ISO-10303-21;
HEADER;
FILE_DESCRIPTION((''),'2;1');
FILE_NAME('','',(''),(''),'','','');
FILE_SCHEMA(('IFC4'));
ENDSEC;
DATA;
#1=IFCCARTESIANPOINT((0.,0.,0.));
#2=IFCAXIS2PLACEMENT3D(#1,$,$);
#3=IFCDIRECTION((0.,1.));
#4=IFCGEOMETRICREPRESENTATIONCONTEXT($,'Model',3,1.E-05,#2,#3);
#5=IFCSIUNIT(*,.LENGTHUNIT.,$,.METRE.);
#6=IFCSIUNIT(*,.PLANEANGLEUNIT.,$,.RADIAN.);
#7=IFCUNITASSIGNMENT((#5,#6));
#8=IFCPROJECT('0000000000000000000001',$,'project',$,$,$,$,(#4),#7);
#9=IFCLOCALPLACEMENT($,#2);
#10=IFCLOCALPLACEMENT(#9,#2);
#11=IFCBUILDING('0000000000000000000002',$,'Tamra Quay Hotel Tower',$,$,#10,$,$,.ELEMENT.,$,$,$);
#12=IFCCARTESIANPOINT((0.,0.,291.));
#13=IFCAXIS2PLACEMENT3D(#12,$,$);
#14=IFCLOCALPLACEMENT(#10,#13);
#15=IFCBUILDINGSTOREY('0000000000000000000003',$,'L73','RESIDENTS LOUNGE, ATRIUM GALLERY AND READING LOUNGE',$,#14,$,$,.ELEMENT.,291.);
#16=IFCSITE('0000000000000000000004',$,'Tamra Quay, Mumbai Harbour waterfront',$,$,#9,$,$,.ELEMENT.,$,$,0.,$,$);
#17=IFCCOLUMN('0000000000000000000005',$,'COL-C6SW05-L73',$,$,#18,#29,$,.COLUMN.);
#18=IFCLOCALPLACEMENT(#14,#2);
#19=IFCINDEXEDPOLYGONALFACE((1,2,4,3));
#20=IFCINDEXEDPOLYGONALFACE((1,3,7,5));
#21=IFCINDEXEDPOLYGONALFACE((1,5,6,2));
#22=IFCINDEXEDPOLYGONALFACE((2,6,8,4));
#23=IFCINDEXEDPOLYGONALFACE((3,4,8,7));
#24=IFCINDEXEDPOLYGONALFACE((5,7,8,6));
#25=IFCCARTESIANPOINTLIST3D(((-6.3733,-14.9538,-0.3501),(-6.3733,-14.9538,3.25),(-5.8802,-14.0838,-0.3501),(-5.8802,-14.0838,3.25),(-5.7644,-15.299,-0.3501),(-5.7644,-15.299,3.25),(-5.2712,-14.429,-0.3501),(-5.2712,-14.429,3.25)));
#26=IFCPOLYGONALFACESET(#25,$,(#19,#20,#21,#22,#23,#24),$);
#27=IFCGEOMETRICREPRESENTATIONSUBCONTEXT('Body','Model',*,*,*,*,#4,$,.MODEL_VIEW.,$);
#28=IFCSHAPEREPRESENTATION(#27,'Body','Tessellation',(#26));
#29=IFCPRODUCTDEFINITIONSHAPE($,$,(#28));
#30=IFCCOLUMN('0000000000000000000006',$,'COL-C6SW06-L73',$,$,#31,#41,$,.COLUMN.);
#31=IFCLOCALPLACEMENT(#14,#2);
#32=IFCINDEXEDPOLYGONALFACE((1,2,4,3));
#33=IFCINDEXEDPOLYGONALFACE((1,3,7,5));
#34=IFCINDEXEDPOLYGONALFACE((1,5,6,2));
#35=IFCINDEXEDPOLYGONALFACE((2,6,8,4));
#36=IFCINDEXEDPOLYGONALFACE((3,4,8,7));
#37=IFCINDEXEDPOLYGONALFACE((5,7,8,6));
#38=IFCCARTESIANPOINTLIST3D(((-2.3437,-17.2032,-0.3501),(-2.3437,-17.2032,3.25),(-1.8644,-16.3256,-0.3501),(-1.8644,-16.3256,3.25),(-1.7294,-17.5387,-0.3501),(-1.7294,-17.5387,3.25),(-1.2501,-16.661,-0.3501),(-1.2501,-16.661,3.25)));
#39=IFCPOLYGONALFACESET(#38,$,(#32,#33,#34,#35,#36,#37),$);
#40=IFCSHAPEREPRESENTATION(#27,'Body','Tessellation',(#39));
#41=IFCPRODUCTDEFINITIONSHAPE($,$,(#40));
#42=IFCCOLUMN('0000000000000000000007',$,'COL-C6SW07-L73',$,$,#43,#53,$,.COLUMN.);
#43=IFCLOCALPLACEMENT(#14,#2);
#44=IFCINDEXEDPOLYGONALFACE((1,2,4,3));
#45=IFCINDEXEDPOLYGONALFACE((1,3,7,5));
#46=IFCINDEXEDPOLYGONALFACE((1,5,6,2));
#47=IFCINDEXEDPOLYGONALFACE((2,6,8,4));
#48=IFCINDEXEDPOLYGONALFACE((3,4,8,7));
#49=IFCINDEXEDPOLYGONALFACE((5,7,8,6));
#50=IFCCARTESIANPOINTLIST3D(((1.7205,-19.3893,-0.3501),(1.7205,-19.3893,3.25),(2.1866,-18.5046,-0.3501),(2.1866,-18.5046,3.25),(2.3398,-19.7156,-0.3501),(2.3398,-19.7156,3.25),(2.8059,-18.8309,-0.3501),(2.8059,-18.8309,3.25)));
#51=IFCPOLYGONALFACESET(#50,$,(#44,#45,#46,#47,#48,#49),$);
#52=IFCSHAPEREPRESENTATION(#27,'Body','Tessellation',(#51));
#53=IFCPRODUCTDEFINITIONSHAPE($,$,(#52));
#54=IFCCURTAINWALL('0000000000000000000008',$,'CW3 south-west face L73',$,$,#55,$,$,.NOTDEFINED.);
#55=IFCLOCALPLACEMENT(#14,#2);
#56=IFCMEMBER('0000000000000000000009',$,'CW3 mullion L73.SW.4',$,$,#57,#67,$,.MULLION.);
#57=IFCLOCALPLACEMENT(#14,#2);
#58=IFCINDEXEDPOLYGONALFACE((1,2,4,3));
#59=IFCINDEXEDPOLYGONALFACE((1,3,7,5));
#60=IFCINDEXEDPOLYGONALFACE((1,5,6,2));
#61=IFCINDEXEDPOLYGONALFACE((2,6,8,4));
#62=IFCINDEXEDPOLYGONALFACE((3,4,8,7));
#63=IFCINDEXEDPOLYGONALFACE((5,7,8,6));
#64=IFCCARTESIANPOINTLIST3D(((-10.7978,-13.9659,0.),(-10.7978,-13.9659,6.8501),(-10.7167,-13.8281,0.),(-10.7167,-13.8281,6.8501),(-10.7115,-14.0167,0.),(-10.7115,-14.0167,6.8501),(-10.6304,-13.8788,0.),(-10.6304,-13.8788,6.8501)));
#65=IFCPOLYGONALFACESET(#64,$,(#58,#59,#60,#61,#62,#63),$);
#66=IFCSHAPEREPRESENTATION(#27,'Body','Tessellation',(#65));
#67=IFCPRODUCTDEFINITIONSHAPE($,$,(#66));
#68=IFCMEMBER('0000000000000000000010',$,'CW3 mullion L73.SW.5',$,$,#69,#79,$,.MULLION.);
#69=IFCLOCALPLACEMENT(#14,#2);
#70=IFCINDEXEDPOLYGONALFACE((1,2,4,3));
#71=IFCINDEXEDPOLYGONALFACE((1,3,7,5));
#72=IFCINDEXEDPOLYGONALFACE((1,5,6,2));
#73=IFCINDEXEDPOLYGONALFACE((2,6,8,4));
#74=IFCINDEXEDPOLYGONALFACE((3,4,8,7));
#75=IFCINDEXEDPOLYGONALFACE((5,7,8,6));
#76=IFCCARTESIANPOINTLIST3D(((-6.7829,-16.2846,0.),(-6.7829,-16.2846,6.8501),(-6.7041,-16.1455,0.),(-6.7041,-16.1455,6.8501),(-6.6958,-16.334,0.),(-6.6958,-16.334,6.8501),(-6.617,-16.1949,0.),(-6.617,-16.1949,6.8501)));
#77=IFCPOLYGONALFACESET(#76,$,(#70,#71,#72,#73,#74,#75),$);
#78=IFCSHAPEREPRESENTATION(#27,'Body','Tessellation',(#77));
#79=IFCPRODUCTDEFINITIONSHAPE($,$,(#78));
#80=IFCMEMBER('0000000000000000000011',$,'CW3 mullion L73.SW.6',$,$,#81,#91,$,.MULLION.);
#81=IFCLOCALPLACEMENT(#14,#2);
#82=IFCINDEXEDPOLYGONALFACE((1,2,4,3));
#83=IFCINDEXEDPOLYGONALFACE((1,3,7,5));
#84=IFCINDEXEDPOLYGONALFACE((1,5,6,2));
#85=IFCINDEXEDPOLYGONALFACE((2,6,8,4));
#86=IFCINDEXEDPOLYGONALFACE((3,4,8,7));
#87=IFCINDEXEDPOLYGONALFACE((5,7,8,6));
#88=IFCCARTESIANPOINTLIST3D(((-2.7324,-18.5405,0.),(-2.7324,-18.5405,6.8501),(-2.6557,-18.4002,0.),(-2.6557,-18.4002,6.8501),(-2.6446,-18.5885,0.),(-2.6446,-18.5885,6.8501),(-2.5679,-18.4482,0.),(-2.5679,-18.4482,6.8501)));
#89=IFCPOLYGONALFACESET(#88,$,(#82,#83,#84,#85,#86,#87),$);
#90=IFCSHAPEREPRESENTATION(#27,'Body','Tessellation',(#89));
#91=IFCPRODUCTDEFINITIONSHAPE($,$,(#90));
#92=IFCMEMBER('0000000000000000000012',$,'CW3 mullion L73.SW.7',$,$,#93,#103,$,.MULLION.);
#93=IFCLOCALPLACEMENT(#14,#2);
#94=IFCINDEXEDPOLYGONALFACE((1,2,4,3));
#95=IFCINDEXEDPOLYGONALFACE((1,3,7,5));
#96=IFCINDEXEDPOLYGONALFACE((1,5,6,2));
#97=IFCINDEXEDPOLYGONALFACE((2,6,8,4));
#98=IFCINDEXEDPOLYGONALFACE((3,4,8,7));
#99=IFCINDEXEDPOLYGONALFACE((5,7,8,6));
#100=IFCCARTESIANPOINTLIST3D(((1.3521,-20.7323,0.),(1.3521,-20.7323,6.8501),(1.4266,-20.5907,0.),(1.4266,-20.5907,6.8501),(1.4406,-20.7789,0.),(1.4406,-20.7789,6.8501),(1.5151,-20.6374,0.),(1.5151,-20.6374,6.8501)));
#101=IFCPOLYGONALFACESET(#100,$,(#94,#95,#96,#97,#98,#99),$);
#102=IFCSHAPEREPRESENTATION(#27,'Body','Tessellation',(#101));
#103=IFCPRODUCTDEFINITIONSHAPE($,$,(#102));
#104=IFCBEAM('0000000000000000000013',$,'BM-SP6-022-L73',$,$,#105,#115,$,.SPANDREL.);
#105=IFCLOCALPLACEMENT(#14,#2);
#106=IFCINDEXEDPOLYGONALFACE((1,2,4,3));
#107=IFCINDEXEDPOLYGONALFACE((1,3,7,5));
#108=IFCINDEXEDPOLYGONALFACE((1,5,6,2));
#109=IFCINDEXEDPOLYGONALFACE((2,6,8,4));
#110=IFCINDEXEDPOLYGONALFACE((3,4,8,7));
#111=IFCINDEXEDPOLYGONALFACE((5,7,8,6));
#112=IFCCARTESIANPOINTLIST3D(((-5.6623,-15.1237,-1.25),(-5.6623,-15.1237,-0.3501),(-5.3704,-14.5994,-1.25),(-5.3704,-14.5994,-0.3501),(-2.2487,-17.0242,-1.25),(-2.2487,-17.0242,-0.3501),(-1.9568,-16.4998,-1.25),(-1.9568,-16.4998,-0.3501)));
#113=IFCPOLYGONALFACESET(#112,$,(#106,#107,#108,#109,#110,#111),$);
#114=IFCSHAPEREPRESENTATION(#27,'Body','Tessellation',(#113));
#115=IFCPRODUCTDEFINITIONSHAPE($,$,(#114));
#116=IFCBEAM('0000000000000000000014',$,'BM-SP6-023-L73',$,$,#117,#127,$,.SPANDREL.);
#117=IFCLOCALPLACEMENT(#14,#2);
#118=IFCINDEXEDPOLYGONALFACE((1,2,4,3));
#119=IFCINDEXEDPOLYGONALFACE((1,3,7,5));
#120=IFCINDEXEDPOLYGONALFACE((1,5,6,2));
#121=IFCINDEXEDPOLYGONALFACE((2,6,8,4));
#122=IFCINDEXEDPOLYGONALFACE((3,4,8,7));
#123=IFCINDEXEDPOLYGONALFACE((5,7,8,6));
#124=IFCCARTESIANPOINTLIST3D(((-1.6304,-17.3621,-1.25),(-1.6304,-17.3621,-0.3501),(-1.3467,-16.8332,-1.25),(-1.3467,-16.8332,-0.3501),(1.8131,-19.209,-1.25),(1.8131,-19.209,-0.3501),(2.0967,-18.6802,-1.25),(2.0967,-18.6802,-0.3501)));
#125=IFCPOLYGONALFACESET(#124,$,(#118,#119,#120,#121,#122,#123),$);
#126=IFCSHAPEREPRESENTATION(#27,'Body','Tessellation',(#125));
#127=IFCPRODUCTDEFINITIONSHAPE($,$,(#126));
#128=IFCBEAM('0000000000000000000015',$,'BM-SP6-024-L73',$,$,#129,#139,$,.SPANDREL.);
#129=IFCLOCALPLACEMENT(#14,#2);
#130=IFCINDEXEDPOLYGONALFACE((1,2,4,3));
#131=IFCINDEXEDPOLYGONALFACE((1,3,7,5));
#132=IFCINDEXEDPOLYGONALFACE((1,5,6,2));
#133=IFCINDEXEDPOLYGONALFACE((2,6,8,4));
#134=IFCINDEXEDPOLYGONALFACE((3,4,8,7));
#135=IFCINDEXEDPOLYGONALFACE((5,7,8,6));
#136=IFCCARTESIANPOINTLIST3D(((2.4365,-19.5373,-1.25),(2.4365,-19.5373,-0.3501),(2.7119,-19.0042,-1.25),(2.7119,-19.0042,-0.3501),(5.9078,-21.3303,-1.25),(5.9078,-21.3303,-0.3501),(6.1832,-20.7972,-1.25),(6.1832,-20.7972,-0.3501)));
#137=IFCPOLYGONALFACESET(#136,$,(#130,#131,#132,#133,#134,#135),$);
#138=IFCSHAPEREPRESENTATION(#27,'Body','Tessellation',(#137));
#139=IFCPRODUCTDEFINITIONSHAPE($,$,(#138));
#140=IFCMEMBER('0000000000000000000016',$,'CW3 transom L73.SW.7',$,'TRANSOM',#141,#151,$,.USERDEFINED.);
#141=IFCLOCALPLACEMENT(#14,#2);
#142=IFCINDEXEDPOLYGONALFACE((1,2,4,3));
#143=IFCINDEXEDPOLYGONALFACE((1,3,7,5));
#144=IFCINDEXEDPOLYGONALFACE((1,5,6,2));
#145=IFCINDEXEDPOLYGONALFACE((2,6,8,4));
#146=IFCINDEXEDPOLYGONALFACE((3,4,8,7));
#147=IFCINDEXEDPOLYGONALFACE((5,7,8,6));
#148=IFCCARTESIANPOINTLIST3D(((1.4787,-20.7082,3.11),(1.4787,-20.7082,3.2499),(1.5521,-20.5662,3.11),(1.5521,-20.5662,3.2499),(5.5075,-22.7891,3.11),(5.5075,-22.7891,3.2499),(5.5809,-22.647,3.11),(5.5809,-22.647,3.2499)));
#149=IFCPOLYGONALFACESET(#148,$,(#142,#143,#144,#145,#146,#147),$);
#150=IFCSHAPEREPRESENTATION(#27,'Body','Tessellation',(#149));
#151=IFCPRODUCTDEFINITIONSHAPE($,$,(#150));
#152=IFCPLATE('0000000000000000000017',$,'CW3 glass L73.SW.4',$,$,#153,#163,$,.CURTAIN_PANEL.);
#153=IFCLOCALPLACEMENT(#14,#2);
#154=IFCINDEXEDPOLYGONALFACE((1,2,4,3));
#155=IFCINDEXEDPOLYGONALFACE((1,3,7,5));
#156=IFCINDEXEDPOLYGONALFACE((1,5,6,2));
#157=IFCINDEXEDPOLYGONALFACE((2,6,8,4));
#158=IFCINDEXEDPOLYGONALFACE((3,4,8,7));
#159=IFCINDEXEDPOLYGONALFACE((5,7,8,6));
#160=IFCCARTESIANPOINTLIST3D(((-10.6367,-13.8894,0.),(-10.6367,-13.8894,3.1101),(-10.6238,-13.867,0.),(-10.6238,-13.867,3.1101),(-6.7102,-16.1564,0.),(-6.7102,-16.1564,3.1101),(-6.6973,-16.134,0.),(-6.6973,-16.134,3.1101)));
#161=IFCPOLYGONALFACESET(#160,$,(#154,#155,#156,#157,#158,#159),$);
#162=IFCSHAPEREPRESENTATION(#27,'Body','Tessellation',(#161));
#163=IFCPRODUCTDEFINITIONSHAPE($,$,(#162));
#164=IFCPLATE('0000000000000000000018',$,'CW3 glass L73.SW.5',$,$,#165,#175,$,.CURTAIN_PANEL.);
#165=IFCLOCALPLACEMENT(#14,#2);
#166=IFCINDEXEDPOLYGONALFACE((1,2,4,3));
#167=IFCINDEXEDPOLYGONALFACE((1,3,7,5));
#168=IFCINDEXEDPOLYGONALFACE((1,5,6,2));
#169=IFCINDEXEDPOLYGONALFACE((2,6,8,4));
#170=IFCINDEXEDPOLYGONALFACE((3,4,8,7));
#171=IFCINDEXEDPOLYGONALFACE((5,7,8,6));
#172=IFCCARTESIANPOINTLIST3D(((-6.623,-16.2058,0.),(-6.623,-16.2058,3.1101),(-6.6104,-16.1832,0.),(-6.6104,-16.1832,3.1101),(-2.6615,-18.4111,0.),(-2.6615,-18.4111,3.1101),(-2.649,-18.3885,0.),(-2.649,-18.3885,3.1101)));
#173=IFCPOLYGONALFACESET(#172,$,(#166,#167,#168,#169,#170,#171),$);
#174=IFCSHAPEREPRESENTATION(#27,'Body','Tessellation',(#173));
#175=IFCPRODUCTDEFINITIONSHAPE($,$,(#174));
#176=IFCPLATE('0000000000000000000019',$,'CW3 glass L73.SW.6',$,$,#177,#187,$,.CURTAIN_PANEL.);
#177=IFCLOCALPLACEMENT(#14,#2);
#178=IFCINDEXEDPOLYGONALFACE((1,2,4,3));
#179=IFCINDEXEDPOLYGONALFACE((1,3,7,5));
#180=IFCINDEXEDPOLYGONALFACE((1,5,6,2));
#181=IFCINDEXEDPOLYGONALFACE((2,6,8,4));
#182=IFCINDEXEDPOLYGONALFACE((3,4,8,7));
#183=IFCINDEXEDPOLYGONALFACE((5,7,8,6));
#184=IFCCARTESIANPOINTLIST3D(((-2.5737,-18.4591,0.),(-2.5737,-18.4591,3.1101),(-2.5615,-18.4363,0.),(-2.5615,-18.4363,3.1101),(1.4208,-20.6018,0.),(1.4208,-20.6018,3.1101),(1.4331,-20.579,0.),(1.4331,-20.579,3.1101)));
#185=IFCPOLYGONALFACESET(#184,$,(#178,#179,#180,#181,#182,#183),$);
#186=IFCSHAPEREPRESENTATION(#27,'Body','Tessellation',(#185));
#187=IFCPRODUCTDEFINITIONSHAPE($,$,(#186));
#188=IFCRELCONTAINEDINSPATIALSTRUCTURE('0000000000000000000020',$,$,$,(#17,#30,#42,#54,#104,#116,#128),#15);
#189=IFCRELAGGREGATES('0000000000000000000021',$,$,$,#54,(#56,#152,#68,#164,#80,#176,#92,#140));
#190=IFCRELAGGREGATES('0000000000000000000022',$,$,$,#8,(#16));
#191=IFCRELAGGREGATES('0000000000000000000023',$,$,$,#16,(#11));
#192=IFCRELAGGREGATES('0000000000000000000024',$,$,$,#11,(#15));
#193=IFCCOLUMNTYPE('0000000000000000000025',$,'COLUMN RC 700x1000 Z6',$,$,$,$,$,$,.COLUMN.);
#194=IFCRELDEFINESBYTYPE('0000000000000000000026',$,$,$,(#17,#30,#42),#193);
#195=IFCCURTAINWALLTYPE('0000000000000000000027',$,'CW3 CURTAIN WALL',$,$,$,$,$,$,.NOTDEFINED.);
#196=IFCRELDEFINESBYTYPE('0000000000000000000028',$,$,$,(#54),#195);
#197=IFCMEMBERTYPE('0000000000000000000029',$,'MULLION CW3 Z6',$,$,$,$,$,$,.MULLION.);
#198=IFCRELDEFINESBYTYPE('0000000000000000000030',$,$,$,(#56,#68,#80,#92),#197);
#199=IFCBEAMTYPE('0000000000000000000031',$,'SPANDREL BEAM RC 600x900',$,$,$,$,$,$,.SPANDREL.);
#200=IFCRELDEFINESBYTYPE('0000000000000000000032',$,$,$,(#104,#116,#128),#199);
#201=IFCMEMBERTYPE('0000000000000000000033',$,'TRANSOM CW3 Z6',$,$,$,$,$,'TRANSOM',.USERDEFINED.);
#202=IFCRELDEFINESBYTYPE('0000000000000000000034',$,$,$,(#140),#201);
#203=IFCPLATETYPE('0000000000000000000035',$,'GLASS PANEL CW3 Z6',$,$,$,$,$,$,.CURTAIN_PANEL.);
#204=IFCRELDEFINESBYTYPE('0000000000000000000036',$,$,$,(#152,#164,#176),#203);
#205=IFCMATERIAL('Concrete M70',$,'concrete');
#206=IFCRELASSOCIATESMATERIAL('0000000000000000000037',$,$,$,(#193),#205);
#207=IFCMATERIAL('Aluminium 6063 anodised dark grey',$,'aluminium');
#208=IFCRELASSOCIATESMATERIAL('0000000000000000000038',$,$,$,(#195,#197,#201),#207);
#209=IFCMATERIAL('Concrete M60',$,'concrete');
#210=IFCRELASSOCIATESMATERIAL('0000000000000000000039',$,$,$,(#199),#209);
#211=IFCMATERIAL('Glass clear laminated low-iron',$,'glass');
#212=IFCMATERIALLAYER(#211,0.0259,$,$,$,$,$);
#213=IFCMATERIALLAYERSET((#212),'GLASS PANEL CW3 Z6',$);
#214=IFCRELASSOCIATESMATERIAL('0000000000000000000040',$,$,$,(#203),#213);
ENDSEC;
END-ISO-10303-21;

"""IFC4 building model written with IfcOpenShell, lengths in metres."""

from ifc_helpers import new_model, si_unit, direction, frame, origin, origin_2d, place, context, subcontext, project, spatial, rectangle, extrude, material, layer, layer_set, material_profile, profile_set, type_object, element, aggregate, save


model = new_model("IFC4")

# Units and contexts
model_context = context("Model", 3, precision=1e-05, world=origin(), true_north=direction((0.0, 1.0)))
body_context = subcontext(model_context, "Body", "Model", "MODEL_VIEW")
ifc_project = project(units=[si_unit("LENGTHUNIT", "METRE"), si_unit("PLANEANGLEUNIT", "RADIAN")], contexts=[model_context])

# Site, building, storey
site_placement = place(None, origin())
site = spatial("IfcSite", under=ifc_project, at=site_placement, Name="Tamra Quay, Mumbai Harbour waterfront", CompositionType="ELEMENT", RefElevation=0.0)
building_placement = place(site_placement, origin())
building = spatial("IfcBuilding", under=site, at=building_placement, Name="Tamra Quay Hotel Tower", CompositionType="ELEMENT")
storey_placement = place(building_placement, frame((0.0, 0.0, 291.0)))
storey = spatial("IfcBuildingStorey", under=building, at=storey_placement, Name="L73", Description="RESIDENTS LOUNGE, ATRIUM GALLERY AND READING LOUNGE", CompositionType="ELEMENT", Elevation=291.0)

# Columns
ifc_material_1 = material(Name="Concrete M70", Category="concrete")
ifc_material_profile_1 = material_profile(ifc_material_1, rectangle(XDim=1.0, YDim=0.7, at=origin_2d()), Name="COLUMN RC 700x1000 Z6")
ifc_profile_set_1 = profile_set([ifc_material_profile_1], Name="Concrete M70")
column_type = type_object("IfcColumnType", Name="COLUMN RC 700x1000 Z6", PredefinedType="COLUMN", material=ifc_profile_set_1)
for number, where, z_axis, x_axis, name in (
    (1, (-5.8223, -14.6914, -0.3501), (0.0, 0.0, 1.0), (0.493125, 0.869958, 0.0), "COL-C6SW05-L73"),
    (2, (-1.7969, -16.9321, -0.3501), (0.0, 0.0, 1.0), (0.479288, 0.877658, 0.0), "COL-C6SW06-L73"),
    (3, (2.2632, -19.1101, -0.3501), (0.0, 0.0, 1.0), (0.466118, 0.884723, 0.0), "COL-C6SW07-L73"),
):
    element("IfcColumn", number, at=place(storey_placement, frame(where, z_axis=z_axis, x_axis=x_axis)), inside=storey, type_object=column_type, Name=name, PredefinedType="COLUMN", context=body_context, shape_type="SweptSolid", body=[
        extrude(rectangle(XDim=1.0, YDim=0.7, at=origin_2d()), origin(), (0.0, 0.0, 1.0), 3.6001),
    ])

# Curtain wall, members
ifc_material_2 = material(Name="Aluminium 6063 anodised dark grey", Category="aluminium")
curtain_wall_type = type_object("IfcCurtainWallType", Name="CW3 CURTAIN WALL", PredefinedType="NOTDEFINED", material=ifc_material_2)
curtain_wall_placement = place(storey_placement, origin())
curtain_wall = element("IfcCurtainWall", 4, at=curtain_wall_placement, inside=storey, type_object=curtain_wall_type, Name="CW3 south-west face L73", PredefinedType="NOTDEFINED")
ifc_material_profile_2 = material_profile(ifc_material_2, rectangle(XDim=0.1599, YDim=0.1001, at=origin_2d()), Name="MULLION 100X160")
ifc_profile_set_2 = profile_set([ifc_material_profile_2], Name="Aluminium 6063 anodised dark grey")
member_type_1 = type_object("IfcMemberType", Name="MULLION CW3 Z6", PredefinedType="MULLION", material=ifc_profile_set_2)
member_1_placement = place(storey_placement, frame((-10.7141, -13.9224, 0.0), z_axis=(0.0, 0.0, 1.0), x_axis=(-0.506754, -0.862091, 0.0)))
member_1 = element("IfcMember", 5, at=member_1_placement, type_object=member_type_1, Name="CW3 mullion L73.SW.4", PredefinedType="MULLION", context=body_context, shape_type="SweptSolid", body=[
    extrude(rectangle(XDim=0.1599, YDim=0.1001, at=origin_2d()), origin(), (0.0, 0.0, 1.0), 6.8501),
])
member_2_placement = place(storey_placement, frame((-6.7, -16.2397, 0.0), z_axis=(0.0, 0.0, 1.0), x_axis=(-0.493215, -0.869907, 0.0)))
member_2 = element("IfcMember", 6, at=member_2_placement, type_object=member_type_1, Name="CW3 mullion L73.SW.5", PredefinedType="MULLION", context=body_context, shape_type="SweptSolid", body=[
    extrude(rectangle(XDim=0.1599, YDim=0.1001, at=origin_2d()), origin(), (0.0, 0.0, 1.0), 6.8501),
])
member_3_placement = place(storey_placement, frame((-2.6501, -18.4944, 0.0), z_axis=(0.0, 0.0, 1.0), x_axis=(-0.479565, -0.877506, 0.0)))
member_3 = element("IfcMember", 7, at=member_3_placement, type_object=member_type_1, Name="CW3 mullion L73.SW.6", PredefinedType="MULLION", context=body_context, shape_type="SweptSolid", body=[
    extrude(rectangle(XDim=0.1599, YDim=0.1001, at=origin_2d()), origin(), (0.0, 0.0, 1.0), 6.8501),
])
member_4_placement = place(storey_placement, frame((1.4336, -20.6848, 0.0), z_axis=(0.0, 0.0, 1.0), x_axis=(-0.465816, -0.884882, 0.0)))
member_4 = element("IfcMember", 8, at=member_4_placement, type_object=member_type_1, Name="CW3 mullion L73.SW.7", PredefinedType="MULLION", context=body_context, shape_type="SweptSolid", body=[
    extrude(rectangle(XDim=0.1599, YDim=0.1001, at=origin_2d()), origin(), (0.0, 0.0, 1.0), 6.8501),
])

# Beams
ifc_material_3 = material(Name="Concrete M60", Category="concrete")
ifc_material_profile_3 = material_profile(ifc_material_3, rectangle(XDim=0.6001, YDim=0.8999, at=origin_2d()), Name="SPANDREL BEAM RC 600x900")
ifc_profile_set_3 = profile_set([ifc_material_profile_3], Name="Concrete M60")
beam_type = type_object("IfcBeamType", Name="SPANDREL BEAM RC 600x900", PredefinedType="SPANDREL", material=ifc_profile_set_3)
beam_1_placement = place(storey_placement, frame((-5.5164, -14.8616, -0.8), z_axis=(0.873727, -0.486417, 0.0), x_axis=(0.486417, 0.873727, 0.0)))
element("IfcBeam", 9, at=beam_1_placement, inside=storey, type_object=beam_type, Name="BM-SP6-022-L73", PredefinedType="SPANDREL", context=body_context, shape_type="SweptSolid", body=[
    extrude(rectangle(XDim=0.6001, YDim=0.8999, at=origin_2d()), origin(), (0.0, 0.0, 1.0), 3.907),
])
beam_2_placement = place(storey_placement, frame((-1.4885, -17.0977, -0.8), z_axis=(0.881238, -0.472672, 0.0), x_axis=(0.472672, 0.881238, 0.0)))
element("IfcBeam", 10, at=beam_2_placement, inside=storey, type_object=beam_type, Name="BM-SP6-023-L73", PredefinedType="SPANDREL", context=body_context, shape_type="SweptSolid", body=[
    extrude(rectangle(XDim=0.6001, YDim=0.8999, at=origin_2d()), origin(), (0.0, 0.0, 1.0), 3.9075),
])
beam_3_placement = place(storey_placement, frame((2.5742, -19.2708, -0.8), z_axis=(0.888476, -0.458923, 0.0), x_axis=(0.458923, 0.888476, 0.0)))
element("IfcBeam", 11, at=beam_3_placement, inside=storey, type_object=beam_type, Name="BM-SP6-024-L73", PredefinedType="SPANDREL", context=body_context, shape_type="SweptSolid", body=[
    extrude(rectangle(XDim=0.6001, YDim=0.8999, at=origin_2d()), origin(), (0.0, 0.0, 1.0), 3.907),
])

# Member
ifc_material_profile_4 = material_profile(ifc_material_2, rectangle(XDim=0.1599, YDim=0.1399, at=origin_2d()), Name="TRANSOM 160X140")
ifc_profile_set_4 = profile_set([ifc_material_profile_4], Name="Aluminium 6063 anodised dark grey")
member_type_2 = type_object("IfcMemberType", Name="TRANSOM CW3 Z6", ElementType="TRANSOM", PredefinedType="USERDEFINED", material=ifc_profile_set_4)
member_5_placement = place(storey_placement, frame((1.5154, -20.6372, 3.1799), z_axis=(0.888492, -0.458891, 0.0), x_axis=(0.458891, 0.888492, 0.0)))
member_5 = element("IfcMember", 12, at=member_5_placement, type_object=member_type_2, Name="CW3 transom L73.SW.7", ObjectType="TRANSOM", PredefinedType="USERDEFINED", context=body_context, shape_type="SweptSolid", body=[
    extrude(rectangle(XDim=0.1599, YDim=0.1399, at=origin_2d()), origin(), (0.0, 0.0, 1.0), 4.5344),
])

# Plates
ifc_material_4 = material(Name="Glass clear laminated low-iron", Category="glass")
ifc_layer_1 = layer(ifc_material_4, 0.0259)
ifc_layer_set_1 = layer_set([ifc_layer_1], Name="GLASS PANEL CW3 Z6")
plate_type = type_object("IfcPlateType", Name="GLASS PANEL CW3 Z6", PredefinedType="CURTAIN_PANEL", material=ifc_layer_set_1)
plate_1_placement = place(storey_placement, frame((-8.667, -15.0117, 0.0), z_axis=(0.0, 0.0, 1.0), x_axis=(0.866025, -0.5, 0.0)))
plate_1 = element("IfcPlate", 13, at=plate_1_placement, type_object=plate_type, Name="CW3 glass L73.SW.4", PredefinedType="CURTAIN_PANEL", context=body_context, shape_type="SweptSolid", body=[
    extrude(rectangle(XDim=4.5339, YDim=0.0259, at=origin_2d()), origin(), (0.0, 0.0, 1.0), 3.1101),
])
plate_2_placement = place(storey_placement, frame((-4.636, -17.2971, 0.0), z_axis=(0.0, 0.0, 1.0), x_axis=(0.873736, -0.486401, 0.0)))
plate_2 = element("IfcPlate", 14, at=plate_2_placement, type_object=plate_type, Name="CW3 glass L73.SW.5", PredefinedType="CURTAIN_PANEL", context=body_context, shape_type="SweptSolid", body=[
    extrude(rectangle(XDim=4.5339, YDim=0.0259, at=origin_2d()), origin(), (0.0, 0.0, 1.0), 3.1101),
])
plate_3_placement = place(storey_placement, frame((-0.5703, -19.519, 0.0), z_axis=(0.0, 0.0, 1.0), x_axis=(0.881224, -0.4727, 0.0)))
plate_3 = element("IfcPlate", 15, at=plate_3_placement, type_object=plate_type, Name="CW3 glass L73.SW.6", PredefinedType="CURTAIN_PANEL", context=body_context, shape_type="SweptSolid", body=[
    extrude(rectangle(XDim=4.533, YDim=0.0259, at=origin_2d()), origin(), (0.0, 0.0, 1.0), 3.1101),
])
aggregate(curtain_wall, [member_1, plate_1, member_2, plate_2, member_3, plate_3, member_4, member_5])

save(model, "model.ifc")
